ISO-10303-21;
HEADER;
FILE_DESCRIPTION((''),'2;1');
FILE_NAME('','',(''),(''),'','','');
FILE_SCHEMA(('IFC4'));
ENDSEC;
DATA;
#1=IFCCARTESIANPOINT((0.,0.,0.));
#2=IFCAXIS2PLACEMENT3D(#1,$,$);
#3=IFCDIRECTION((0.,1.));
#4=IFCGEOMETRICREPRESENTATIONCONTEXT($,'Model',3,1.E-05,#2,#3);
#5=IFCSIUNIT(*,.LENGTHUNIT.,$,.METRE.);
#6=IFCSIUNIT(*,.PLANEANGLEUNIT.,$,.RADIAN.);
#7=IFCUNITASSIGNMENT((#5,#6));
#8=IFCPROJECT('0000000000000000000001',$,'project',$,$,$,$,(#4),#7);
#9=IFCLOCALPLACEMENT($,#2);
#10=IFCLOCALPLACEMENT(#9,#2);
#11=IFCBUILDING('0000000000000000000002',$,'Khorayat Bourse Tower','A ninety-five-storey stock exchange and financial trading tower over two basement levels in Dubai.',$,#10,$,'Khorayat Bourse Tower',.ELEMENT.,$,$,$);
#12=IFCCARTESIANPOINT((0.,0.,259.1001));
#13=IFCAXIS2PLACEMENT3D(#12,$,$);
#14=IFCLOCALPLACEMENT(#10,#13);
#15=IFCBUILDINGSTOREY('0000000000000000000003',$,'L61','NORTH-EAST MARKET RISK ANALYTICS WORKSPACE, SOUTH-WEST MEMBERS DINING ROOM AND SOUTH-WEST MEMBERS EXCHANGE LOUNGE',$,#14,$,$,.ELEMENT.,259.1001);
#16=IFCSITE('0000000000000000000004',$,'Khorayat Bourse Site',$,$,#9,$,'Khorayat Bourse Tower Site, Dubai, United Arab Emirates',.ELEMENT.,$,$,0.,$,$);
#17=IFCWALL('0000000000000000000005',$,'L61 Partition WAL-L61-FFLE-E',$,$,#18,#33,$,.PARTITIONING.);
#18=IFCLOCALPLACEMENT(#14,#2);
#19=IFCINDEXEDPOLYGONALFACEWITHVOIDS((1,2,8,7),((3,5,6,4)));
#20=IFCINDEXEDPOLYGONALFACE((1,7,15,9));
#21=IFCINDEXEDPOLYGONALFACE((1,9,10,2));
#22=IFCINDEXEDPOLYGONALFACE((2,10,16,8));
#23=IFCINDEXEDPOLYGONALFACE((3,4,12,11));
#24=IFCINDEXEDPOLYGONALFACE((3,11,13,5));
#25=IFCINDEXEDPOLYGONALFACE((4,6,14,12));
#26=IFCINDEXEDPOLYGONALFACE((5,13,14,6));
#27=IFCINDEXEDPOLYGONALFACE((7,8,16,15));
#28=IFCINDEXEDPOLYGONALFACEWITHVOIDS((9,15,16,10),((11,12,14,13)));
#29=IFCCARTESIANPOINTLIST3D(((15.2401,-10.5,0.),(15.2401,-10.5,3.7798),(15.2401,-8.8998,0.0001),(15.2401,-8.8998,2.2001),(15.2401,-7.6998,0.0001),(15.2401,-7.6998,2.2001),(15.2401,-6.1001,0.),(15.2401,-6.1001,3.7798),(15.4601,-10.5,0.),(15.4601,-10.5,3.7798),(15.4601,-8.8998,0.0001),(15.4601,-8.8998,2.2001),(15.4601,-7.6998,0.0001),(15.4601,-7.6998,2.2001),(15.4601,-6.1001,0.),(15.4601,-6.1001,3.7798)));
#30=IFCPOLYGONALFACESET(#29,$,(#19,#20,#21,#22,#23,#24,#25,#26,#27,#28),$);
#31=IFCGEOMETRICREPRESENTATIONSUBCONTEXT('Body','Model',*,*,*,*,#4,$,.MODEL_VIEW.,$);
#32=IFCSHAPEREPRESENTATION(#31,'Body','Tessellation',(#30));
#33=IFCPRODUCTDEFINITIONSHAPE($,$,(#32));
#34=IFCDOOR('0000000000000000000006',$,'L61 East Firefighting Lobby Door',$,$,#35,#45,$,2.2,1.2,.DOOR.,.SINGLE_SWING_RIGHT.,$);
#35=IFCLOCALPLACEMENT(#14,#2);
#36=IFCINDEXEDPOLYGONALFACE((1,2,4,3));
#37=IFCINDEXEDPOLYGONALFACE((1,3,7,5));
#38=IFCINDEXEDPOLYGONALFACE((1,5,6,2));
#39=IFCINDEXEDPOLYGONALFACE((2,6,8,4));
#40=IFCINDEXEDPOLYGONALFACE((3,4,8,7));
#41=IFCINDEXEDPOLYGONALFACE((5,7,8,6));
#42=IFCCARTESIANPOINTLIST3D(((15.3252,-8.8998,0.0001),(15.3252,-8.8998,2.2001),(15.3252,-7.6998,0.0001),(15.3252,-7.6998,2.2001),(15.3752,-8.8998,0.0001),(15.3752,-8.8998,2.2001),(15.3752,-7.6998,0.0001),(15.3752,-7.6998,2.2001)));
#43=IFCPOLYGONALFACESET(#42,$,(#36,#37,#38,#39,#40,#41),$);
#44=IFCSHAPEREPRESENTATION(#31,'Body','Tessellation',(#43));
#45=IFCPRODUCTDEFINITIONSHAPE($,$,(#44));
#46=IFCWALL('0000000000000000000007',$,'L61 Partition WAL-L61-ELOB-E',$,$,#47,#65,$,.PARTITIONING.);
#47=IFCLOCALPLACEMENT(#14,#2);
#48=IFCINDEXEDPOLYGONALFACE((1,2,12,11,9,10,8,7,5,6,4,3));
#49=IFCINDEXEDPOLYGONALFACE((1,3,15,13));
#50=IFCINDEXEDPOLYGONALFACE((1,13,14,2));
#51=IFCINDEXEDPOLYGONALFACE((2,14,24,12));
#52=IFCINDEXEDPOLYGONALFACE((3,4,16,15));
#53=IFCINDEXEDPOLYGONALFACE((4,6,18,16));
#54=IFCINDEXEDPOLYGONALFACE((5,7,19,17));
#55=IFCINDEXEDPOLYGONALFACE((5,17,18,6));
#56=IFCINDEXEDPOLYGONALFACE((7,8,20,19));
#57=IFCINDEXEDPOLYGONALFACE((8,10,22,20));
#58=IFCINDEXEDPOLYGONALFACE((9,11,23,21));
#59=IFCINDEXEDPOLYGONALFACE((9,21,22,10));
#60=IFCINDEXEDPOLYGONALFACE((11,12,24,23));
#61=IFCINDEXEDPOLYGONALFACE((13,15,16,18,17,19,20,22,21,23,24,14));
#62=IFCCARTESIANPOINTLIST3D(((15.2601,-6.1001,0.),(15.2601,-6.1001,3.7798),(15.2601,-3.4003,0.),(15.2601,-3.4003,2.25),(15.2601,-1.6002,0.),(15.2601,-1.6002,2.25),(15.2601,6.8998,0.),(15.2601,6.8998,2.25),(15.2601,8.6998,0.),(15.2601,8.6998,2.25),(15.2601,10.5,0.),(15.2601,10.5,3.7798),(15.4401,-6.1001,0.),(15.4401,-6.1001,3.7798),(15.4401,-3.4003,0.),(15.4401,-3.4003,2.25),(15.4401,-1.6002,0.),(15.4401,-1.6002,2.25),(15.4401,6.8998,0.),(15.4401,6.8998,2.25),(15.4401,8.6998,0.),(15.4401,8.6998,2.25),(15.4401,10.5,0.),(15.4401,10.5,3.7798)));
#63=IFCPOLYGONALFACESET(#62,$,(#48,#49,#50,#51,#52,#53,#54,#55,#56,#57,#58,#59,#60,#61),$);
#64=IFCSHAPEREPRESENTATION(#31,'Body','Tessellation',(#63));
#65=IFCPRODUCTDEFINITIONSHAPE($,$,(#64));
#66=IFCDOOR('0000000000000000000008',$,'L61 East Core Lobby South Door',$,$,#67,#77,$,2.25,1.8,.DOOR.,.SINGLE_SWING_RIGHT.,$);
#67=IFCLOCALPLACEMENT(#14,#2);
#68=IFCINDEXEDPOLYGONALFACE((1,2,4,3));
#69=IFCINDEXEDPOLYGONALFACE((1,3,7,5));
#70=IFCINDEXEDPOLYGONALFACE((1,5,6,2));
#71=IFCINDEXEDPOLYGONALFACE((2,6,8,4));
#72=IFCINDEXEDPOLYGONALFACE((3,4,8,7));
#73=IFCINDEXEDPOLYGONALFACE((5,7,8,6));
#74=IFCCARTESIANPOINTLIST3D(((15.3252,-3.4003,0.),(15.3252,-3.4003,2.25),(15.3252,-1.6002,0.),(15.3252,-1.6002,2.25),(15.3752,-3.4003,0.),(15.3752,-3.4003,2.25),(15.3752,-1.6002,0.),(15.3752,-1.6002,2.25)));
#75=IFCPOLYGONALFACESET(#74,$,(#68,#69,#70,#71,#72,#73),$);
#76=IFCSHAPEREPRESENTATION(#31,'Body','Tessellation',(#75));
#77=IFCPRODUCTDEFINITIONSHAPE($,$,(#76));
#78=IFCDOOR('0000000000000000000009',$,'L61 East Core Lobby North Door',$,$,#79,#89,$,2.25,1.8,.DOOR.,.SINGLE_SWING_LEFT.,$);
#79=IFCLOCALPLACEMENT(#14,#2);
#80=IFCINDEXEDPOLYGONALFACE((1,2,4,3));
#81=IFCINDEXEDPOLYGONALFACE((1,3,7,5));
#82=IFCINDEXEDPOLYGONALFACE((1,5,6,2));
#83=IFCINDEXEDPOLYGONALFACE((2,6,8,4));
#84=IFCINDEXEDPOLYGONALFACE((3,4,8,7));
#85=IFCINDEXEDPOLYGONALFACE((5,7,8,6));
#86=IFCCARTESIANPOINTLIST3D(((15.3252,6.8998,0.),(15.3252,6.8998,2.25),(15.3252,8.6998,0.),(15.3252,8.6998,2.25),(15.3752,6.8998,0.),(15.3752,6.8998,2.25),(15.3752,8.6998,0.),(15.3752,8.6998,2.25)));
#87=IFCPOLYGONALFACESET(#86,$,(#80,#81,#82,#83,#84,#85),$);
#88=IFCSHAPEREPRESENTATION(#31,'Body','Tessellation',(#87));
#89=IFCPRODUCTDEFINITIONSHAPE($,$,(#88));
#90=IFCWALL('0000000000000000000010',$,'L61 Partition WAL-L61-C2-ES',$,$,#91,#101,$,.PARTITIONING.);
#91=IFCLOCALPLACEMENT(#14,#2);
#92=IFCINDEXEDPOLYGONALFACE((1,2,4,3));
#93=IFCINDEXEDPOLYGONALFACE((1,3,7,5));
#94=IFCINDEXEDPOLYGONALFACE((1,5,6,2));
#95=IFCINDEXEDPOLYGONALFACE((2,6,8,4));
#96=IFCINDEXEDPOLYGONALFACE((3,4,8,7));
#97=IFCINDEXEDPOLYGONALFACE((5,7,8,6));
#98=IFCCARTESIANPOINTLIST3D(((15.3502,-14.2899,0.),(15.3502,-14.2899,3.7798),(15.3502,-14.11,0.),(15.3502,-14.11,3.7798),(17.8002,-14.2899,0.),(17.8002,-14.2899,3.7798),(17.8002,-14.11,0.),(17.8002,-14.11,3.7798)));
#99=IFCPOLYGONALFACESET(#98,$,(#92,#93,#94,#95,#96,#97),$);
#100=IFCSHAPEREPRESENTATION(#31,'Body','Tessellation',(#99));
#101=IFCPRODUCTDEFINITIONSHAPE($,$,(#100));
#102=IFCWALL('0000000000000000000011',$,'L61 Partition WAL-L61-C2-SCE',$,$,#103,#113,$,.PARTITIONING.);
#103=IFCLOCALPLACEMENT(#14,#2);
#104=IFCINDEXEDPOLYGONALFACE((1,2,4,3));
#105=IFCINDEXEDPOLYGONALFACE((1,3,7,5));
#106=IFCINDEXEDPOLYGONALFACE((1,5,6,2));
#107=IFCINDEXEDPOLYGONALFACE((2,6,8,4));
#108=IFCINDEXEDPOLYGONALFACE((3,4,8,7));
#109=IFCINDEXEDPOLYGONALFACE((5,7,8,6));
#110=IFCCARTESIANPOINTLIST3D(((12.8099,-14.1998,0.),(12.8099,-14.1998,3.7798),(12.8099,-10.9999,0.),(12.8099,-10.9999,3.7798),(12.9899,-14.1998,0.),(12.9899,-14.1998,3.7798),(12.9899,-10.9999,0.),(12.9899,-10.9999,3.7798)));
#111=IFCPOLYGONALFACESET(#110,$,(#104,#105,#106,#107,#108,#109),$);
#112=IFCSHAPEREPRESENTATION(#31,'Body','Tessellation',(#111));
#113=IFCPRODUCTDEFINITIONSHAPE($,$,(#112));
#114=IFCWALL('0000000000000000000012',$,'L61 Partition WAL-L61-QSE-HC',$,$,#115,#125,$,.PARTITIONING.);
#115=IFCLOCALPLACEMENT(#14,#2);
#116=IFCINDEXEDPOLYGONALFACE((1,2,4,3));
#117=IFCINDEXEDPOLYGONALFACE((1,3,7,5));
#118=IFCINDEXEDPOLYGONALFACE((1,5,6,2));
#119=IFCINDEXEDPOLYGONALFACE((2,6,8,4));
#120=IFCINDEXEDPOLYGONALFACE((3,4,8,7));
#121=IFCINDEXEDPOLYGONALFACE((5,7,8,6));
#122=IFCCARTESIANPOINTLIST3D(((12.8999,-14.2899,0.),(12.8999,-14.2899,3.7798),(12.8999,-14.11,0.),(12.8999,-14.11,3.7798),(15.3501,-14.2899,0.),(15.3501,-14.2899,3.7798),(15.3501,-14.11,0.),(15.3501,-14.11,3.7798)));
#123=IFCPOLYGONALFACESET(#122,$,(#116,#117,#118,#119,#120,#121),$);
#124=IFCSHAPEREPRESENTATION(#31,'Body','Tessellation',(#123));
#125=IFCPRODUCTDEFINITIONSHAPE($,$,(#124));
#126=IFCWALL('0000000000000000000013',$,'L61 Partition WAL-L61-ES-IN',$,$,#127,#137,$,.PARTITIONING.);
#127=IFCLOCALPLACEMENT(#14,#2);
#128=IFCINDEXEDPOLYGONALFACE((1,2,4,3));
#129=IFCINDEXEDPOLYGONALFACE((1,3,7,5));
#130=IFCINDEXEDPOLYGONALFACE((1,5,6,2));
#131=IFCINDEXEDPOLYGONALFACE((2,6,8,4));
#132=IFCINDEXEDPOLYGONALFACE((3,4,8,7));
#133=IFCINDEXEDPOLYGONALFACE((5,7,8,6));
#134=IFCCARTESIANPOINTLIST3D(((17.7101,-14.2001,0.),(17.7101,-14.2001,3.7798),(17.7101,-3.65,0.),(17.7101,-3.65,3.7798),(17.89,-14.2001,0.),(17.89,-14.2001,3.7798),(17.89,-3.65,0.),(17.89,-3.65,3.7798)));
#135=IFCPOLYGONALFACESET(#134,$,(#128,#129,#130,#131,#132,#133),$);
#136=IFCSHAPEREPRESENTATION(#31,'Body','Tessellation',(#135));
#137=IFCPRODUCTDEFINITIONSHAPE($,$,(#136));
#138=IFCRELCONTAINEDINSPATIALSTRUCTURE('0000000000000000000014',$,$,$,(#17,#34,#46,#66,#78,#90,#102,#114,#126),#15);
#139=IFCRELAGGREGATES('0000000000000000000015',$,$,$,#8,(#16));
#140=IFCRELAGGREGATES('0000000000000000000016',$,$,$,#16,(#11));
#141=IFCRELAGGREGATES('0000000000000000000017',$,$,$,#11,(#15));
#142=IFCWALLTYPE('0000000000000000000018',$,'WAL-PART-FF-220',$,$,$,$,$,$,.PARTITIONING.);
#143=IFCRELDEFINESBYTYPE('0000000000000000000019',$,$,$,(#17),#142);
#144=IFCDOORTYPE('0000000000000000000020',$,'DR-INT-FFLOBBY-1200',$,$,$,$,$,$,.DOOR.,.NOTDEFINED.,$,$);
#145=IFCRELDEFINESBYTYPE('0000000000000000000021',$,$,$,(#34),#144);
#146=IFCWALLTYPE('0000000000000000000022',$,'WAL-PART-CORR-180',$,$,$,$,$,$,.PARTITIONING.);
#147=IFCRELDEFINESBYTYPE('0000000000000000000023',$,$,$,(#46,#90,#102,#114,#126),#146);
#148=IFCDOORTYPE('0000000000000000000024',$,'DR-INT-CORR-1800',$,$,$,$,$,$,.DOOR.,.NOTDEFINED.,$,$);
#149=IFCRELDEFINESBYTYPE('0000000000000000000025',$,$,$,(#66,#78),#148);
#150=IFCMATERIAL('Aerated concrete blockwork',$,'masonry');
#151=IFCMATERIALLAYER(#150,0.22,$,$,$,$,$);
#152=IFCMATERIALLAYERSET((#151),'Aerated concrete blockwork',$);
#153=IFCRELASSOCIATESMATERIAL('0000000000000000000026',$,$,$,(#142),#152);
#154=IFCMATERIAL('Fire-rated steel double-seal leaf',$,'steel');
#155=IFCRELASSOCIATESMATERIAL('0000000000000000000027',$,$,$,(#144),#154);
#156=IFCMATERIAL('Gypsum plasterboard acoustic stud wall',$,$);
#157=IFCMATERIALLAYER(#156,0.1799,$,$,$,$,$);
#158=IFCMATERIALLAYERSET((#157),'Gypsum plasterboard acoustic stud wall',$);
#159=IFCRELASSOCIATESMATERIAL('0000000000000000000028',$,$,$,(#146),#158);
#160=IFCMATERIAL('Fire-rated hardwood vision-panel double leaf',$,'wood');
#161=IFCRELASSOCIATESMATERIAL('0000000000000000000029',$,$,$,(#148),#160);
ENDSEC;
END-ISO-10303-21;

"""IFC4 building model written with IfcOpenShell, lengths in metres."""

from ifc_helpers import new_model, si_unit, direction, frame, frame_2d, origin, place, context, subcontext, project, spatial, rectangle, extrude, source, transform, mapped, material, layer, layer_set, type_object, element, fill, save


model = new_model("IFC4")

# Units and contexts
model_context = context("Model", 3, precision=1e-05, world=origin(), true_north=direction((0.0, 1.0)))
body_context = subcontext(model_context, "Body", "Model", "MODEL_VIEW")
ifc_project = project(units=[si_unit("LENGTHUNIT", "METRE"), si_unit("PLANEANGLEUNIT", "RADIAN")], contexts=[model_context])

# Site, building, storey
site_placement = place(None, origin())
site = spatial("IfcSite", under=ifc_project, at=site_placement, Name="Khorayat Bourse Site", LongName="Khorayat Bourse Tower Site, Dubai, United Arab Emirates", CompositionType="ELEMENT", RefElevation=0.0)
building_placement = place(site_placement, origin())
building = spatial("IfcBuilding", under=site, at=building_placement, Name="Khorayat Bourse Tower", Description="A ninety-five-storey stock exchange and financial trading tower over two basement levels in Dubai.", LongName="Khorayat Bourse Tower", CompositionType="ELEMENT")
storey_placement = place(building_placement, frame((0.0, 0.0, 259.1001)))
storey = spatial("IfcBuildingStorey", under=building, at=storey_placement, Name="L61", Description="NORTH-EAST MARKET RISK ANALYTICS WORKSPACE, SOUTH-WEST MEMBERS DINING ROOM AND SOUTH-WEST MEMBERS EXCHANGE LOUNGE", CompositionType="ELEMENT", Elevation=259.1001)

# Shared definitions
ifc_material_1 = material(Name="Aerated concrete blockwork", Category="masonry")
ifc_layer_1 = layer(ifc_material_1, 0.22)
ifc_layer_set_1 = layer_set([ifc_layer_1], Name="Aerated concrete blockwork")
wall_type_1 = type_object("IfcWallType", Name="WAL-PART-FF-220", PredefinedType="PARTITIONING", material=ifc_layer_set_1)

# Wall, opening, door
shared_shape_1 = source(origin(), body_context, "Body", "SweptSolid", [
    extrude(rectangle(XDim=4.3999, YDim=0.22, at=frame_2d((2.2, 0.0))), origin(), (0.0, 0.0, 1.0), 3.7798),
])
wall_1_placement = place(storey_placement, frame((15.3501, -10.5, 0.0), z_axis=(0.0, 0.0, 1.0), x_axis=(0.0, 1.0, 0.0)))
wall_1 = element("IfcWall", 1, at=wall_1_placement, inside=storey, type_object=wall_type_1, Name="L61 Partition WAL-L61-FFLE-E", PredefinedType="PARTITIONING", context=body_context, shape_type="MappedRepresentation", body=[
    mapped(shared_shape_1, transform((0.0, 0.0, 0.0), scale=1.0)),
])
shared_shape_2 = source(origin(), body_context, "Body", "SweptSolid", [
    extrude(rectangle(XDim=1.2, YDim=2.2, at=frame_2d((0.6001, 1.1001))), frame((0.0, 0.1199, 0.0), z_axis=(0.0, -1.0, 0.0), x_axis=(1.0, 0.0, 0.0)), (0.0, 0.0, 1.0), 0.24),
])
opening_1_placement = place(wall_1_placement, frame((1.6001, 0.0, 0.0)))
opening_1 = element("IfcOpeningElement", 2, at=opening_1_placement, cuts=wall_1, PredefinedType="OPENING", context=body_context, shape_type="MappedRepresentation", body=[
    mapped(shared_shape_2, transform((0.0, 0.0, 0.0), scale=1.0)),
])
ifc_material_2 = material(Name="Fire-rated steel double-seal leaf", Category="steel")
door_type_1 = type_object("IfcDoorType", Name="DR-INT-FFLOBBY-1200", OperationType="NOTDEFINED", PredefinedType="DOOR", material=ifc_material_2)
shared_shape_3 = source(origin(), body_context, "Body", "SweptSolid", [
    extrude(rectangle(XDim=1.2, YDim=2.2, at=frame_2d((0.6001, 1.1001))), frame((0.0, 0.0249, 0.0), z_axis=(0.0, -1.0, 0.0), x_axis=(1.0, 0.0, 0.0)), (0.0, 0.0, 1.0), 0.05),
])
door_1_placement = place(opening_1_placement, origin())
door_1 = element("IfcDoor", 3, at=door_1_placement, inside=storey, type_object=door_type_1, Name="L61 East Firefighting Lobby Door", OperationType="SINGLE_SWING_RIGHT", OverallHeight=2.2, OverallWidth=1.2, PredefinedType="DOOR", context=body_context, shape_type="MappedRepresentation", body=[
    mapped(shared_shape_3, transform((0.0, 0.0, 0.0), scale=1.0)),
])
fill(opening_1, door_1)

# Wall, openings, doors
ifc_material_3 = material(Name="Gypsum plasterboard acoustic stud wall")
ifc_layer_2 = layer(ifc_material_3, 0.1799)
ifc_layer_set_2 = layer_set([ifc_layer_2], Name="Gypsum plasterboard acoustic stud wall")
wall_type_2 = type_object("IfcWallType", Name="WAL-PART-CORR-180", PredefinedType="PARTITIONING", material=ifc_layer_set_2)
shared_shape_4 = source(origin(), body_context, "Body", "SweptSolid", [
    extrude(rectangle(XDim=16.6001, YDim=0.1799, at=frame_2d((8.3, 0.0))), origin(), (0.0, 0.0, 1.0), 3.7798),
])
wall_2_placement = place(storey_placement, frame((15.3501, -6.1001, 0.0), z_axis=(0.0, 0.0, 1.0), x_axis=(0.0, 1.0, 0.0)))
wall_2 = element("IfcWall", 4, at=wall_2_placement, inside=storey, type_object=wall_type_2, Name="L61 Partition WAL-L61-ELOB-E", PredefinedType="PARTITIONING", context=body_context, shape_type="MappedRepresentation", body=[
    mapped(shared_shape_4, transform((0.0, 0.0, 0.0), scale=1.0)),
])
shared_shape_5 = source(origin(), body_context, "Body", "SweptSolid", [
    extrude(rectangle(XDim=1.8, YDim=2.25, at=frame_2d((0.8999, 1.125))), frame((0.0, 0.0999, 0.0), z_axis=(0.0, -1.0, 0.0), x_axis=(1.0, 0.0, 0.0)), (0.0, 0.0, 1.0), 0.2),
])
opening_2_placement = place(wall_2_placement, frame((2.7, 0.0, 0.0)))
opening_2 = element("IfcOpeningElement", 5, at=opening_2_placement, cuts=wall_2, PredefinedType="OPENING", context=body_context, shape_type="MappedRepresentation", body=[
    mapped(shared_shape_5, transform((0.0, 0.0, 0.0), scale=1.0)),
])
opening_3_placement = place(wall_2_placement, frame((13.0, 0.0, 0.0)))
opening_3 = element("IfcOpeningElement", 6, at=opening_3_placement, cuts=wall_2, PredefinedType="OPENING", context=body_context, shape_type="MappedRepresentation", body=[
    mapped(shared_shape_5, transform((0.0, 0.0, 0.0), scale=1.0)),
])
ifc_material_4 = material(Name="Fire-rated hardwood vision-panel double leaf", Category="wood")
door_type_2 = type_object("IfcDoorType", Name="DR-INT-CORR-1800", OperationType="NOTDEFINED", PredefinedType="DOOR", material=ifc_material_4)
shared_shape_6 = source(origin(), body_context, "Body", "SweptSolid", [
    extrude(rectangle(XDim=1.8, YDim=2.25, at=frame_2d((0.8999, 1.125))), frame((0.0, 0.0249, 0.0), z_axis=(0.0, -1.0, 0.0), x_axis=(1.0, 0.0, 0.0)), (0.0, 0.0, 1.0), 0.05),
])
door_2_placement = place(opening_2_placement, origin())
door_2 = element("IfcDoor", 7, at=door_2_placement, inside=storey, type_object=door_type_2, Name="L61 East Core Lobby South Door", OperationType="SINGLE_SWING_RIGHT", OverallHeight=2.25, OverallWidth=1.8, PredefinedType="DOOR", context=body_context, shape_type="MappedRepresentation", body=[
    mapped(shared_shape_6, transform((0.0, 0.0, 0.0), scale=1.0)),
])
fill(opening_2, door_2)
door_3_placement = place(opening_3_placement, origin())
door_3 = element("IfcDoor", 8, at=door_3_placement, inside=storey, type_object=door_type_2, Name="L61 East Core Lobby North Door", OperationType="SINGLE_SWING_LEFT", OverallHeight=2.25, OverallWidth=1.8, PredefinedType="DOOR", context=body_context, shape_type="MappedRepresentation", body=[
    mapped(shared_shape_6, transform((0.0, 0.0, 0.0), scale=1.0)),
])
fill(opening_3, door_3)

# Walls
shared_shape_7 = source(origin(), body_context, "Body", "SweptSolid", [
    extrude(rectangle(XDim=2.45, YDim=0.1799, at=frame_2d((1.2251, 0.0))), origin(), (0.0, 0.0, 1.0), 3.7798),
])
wall_3_placement = place(storey_placement, frame((15.3501, -14.2, 0.0), z_axis=(0.0, 0.0, 1.0), x_axis=(1.0, 0.0, 0.0)))
element("IfcWall", 9, at=wall_3_placement, inside=storey, type_object=wall_type_2, Name="L61 Partition WAL-L61-C2-ES", PredefinedType="PARTITIONING", context=body_context, shape_type="MappedRepresentation", body=[
    mapped(shared_shape_7, transform((0.0, 0.0, 0.0), scale=1.0)),
])
shared_shape_8 = source(origin(), body_context, "Body", "SweptSolid", [
    extrude(rectangle(XDim=3.2, YDim=0.1799, at=frame_2d((1.6001, 0.0))), origin(), (0.0, 0.0, 1.0), 3.7798),
])
wall_4_placement = place(storey_placement, frame((12.8999, -14.2, 0.0), z_axis=(0.0, 0.0, 1.0), x_axis=(0.0, 1.0, 0.0)))
element("IfcWall", 10, at=wall_4_placement, inside=storey, type_object=wall_type_2, Name="L61 Partition WAL-L61-C2-SCE", PredefinedType="PARTITIONING", context=body_context, shape_type="MappedRepresentation", body=[
    mapped(shared_shape_8, transform((0.0, 0.0, 0.0), scale=1.0)),
])
shared_shape_9 = source(origin(), body_context, "Body", "SweptSolid", [
    extrude(rectangle(XDim=2.4502, YDim=0.1799, at=frame_2d((1.2251, 0.0))), origin(), (0.0, 0.0, 1.0), 3.7798),
])
wall_5_placement = place(storey_placement, frame((12.8999, -14.2, 0.0), z_axis=(0.0, 0.0, 1.0), x_axis=(1.0, 0.0, 0.0)))
element("IfcWall", 11, at=wall_5_placement, inside=storey, type_object=wall_type_2, Name="L61 Partition WAL-L61-QSE-HC", PredefinedType="PARTITIONING", context=body_context, shape_type="MappedRepresentation", body=[
    mapped(shared_shape_9, transform((0.0, 0.0, 0.0), scale=1.0)),
])
shared_shape_10 = source(origin(), body_context, "Body", "SweptSolid", [
    extrude(rectangle(XDim=10.55, YDim=0.1799, at=frame_2d((5.2749, 0.0))), origin(), (0.0, 0.0, 1.0), 3.7798),
])
wall_6_placement = place(storey_placement, frame((17.8, -14.2, 0.0), z_axis=(0.0, 0.0, 1.0), x_axis=(0.0, 1.0, 0.0)))
element("IfcWall", 12, at=wall_6_placement, inside=storey, type_object=wall_type_2, Name="L61 Partition WAL-L61-ES-IN", PredefinedType="PARTITIONING", context=body_context, shape_type="MappedRepresentation", body=[
    mapped(shared_shape_10, transform((0.0, 0.0, 0.0), scale=1.0)),
])

save(model, "model.ifc")
